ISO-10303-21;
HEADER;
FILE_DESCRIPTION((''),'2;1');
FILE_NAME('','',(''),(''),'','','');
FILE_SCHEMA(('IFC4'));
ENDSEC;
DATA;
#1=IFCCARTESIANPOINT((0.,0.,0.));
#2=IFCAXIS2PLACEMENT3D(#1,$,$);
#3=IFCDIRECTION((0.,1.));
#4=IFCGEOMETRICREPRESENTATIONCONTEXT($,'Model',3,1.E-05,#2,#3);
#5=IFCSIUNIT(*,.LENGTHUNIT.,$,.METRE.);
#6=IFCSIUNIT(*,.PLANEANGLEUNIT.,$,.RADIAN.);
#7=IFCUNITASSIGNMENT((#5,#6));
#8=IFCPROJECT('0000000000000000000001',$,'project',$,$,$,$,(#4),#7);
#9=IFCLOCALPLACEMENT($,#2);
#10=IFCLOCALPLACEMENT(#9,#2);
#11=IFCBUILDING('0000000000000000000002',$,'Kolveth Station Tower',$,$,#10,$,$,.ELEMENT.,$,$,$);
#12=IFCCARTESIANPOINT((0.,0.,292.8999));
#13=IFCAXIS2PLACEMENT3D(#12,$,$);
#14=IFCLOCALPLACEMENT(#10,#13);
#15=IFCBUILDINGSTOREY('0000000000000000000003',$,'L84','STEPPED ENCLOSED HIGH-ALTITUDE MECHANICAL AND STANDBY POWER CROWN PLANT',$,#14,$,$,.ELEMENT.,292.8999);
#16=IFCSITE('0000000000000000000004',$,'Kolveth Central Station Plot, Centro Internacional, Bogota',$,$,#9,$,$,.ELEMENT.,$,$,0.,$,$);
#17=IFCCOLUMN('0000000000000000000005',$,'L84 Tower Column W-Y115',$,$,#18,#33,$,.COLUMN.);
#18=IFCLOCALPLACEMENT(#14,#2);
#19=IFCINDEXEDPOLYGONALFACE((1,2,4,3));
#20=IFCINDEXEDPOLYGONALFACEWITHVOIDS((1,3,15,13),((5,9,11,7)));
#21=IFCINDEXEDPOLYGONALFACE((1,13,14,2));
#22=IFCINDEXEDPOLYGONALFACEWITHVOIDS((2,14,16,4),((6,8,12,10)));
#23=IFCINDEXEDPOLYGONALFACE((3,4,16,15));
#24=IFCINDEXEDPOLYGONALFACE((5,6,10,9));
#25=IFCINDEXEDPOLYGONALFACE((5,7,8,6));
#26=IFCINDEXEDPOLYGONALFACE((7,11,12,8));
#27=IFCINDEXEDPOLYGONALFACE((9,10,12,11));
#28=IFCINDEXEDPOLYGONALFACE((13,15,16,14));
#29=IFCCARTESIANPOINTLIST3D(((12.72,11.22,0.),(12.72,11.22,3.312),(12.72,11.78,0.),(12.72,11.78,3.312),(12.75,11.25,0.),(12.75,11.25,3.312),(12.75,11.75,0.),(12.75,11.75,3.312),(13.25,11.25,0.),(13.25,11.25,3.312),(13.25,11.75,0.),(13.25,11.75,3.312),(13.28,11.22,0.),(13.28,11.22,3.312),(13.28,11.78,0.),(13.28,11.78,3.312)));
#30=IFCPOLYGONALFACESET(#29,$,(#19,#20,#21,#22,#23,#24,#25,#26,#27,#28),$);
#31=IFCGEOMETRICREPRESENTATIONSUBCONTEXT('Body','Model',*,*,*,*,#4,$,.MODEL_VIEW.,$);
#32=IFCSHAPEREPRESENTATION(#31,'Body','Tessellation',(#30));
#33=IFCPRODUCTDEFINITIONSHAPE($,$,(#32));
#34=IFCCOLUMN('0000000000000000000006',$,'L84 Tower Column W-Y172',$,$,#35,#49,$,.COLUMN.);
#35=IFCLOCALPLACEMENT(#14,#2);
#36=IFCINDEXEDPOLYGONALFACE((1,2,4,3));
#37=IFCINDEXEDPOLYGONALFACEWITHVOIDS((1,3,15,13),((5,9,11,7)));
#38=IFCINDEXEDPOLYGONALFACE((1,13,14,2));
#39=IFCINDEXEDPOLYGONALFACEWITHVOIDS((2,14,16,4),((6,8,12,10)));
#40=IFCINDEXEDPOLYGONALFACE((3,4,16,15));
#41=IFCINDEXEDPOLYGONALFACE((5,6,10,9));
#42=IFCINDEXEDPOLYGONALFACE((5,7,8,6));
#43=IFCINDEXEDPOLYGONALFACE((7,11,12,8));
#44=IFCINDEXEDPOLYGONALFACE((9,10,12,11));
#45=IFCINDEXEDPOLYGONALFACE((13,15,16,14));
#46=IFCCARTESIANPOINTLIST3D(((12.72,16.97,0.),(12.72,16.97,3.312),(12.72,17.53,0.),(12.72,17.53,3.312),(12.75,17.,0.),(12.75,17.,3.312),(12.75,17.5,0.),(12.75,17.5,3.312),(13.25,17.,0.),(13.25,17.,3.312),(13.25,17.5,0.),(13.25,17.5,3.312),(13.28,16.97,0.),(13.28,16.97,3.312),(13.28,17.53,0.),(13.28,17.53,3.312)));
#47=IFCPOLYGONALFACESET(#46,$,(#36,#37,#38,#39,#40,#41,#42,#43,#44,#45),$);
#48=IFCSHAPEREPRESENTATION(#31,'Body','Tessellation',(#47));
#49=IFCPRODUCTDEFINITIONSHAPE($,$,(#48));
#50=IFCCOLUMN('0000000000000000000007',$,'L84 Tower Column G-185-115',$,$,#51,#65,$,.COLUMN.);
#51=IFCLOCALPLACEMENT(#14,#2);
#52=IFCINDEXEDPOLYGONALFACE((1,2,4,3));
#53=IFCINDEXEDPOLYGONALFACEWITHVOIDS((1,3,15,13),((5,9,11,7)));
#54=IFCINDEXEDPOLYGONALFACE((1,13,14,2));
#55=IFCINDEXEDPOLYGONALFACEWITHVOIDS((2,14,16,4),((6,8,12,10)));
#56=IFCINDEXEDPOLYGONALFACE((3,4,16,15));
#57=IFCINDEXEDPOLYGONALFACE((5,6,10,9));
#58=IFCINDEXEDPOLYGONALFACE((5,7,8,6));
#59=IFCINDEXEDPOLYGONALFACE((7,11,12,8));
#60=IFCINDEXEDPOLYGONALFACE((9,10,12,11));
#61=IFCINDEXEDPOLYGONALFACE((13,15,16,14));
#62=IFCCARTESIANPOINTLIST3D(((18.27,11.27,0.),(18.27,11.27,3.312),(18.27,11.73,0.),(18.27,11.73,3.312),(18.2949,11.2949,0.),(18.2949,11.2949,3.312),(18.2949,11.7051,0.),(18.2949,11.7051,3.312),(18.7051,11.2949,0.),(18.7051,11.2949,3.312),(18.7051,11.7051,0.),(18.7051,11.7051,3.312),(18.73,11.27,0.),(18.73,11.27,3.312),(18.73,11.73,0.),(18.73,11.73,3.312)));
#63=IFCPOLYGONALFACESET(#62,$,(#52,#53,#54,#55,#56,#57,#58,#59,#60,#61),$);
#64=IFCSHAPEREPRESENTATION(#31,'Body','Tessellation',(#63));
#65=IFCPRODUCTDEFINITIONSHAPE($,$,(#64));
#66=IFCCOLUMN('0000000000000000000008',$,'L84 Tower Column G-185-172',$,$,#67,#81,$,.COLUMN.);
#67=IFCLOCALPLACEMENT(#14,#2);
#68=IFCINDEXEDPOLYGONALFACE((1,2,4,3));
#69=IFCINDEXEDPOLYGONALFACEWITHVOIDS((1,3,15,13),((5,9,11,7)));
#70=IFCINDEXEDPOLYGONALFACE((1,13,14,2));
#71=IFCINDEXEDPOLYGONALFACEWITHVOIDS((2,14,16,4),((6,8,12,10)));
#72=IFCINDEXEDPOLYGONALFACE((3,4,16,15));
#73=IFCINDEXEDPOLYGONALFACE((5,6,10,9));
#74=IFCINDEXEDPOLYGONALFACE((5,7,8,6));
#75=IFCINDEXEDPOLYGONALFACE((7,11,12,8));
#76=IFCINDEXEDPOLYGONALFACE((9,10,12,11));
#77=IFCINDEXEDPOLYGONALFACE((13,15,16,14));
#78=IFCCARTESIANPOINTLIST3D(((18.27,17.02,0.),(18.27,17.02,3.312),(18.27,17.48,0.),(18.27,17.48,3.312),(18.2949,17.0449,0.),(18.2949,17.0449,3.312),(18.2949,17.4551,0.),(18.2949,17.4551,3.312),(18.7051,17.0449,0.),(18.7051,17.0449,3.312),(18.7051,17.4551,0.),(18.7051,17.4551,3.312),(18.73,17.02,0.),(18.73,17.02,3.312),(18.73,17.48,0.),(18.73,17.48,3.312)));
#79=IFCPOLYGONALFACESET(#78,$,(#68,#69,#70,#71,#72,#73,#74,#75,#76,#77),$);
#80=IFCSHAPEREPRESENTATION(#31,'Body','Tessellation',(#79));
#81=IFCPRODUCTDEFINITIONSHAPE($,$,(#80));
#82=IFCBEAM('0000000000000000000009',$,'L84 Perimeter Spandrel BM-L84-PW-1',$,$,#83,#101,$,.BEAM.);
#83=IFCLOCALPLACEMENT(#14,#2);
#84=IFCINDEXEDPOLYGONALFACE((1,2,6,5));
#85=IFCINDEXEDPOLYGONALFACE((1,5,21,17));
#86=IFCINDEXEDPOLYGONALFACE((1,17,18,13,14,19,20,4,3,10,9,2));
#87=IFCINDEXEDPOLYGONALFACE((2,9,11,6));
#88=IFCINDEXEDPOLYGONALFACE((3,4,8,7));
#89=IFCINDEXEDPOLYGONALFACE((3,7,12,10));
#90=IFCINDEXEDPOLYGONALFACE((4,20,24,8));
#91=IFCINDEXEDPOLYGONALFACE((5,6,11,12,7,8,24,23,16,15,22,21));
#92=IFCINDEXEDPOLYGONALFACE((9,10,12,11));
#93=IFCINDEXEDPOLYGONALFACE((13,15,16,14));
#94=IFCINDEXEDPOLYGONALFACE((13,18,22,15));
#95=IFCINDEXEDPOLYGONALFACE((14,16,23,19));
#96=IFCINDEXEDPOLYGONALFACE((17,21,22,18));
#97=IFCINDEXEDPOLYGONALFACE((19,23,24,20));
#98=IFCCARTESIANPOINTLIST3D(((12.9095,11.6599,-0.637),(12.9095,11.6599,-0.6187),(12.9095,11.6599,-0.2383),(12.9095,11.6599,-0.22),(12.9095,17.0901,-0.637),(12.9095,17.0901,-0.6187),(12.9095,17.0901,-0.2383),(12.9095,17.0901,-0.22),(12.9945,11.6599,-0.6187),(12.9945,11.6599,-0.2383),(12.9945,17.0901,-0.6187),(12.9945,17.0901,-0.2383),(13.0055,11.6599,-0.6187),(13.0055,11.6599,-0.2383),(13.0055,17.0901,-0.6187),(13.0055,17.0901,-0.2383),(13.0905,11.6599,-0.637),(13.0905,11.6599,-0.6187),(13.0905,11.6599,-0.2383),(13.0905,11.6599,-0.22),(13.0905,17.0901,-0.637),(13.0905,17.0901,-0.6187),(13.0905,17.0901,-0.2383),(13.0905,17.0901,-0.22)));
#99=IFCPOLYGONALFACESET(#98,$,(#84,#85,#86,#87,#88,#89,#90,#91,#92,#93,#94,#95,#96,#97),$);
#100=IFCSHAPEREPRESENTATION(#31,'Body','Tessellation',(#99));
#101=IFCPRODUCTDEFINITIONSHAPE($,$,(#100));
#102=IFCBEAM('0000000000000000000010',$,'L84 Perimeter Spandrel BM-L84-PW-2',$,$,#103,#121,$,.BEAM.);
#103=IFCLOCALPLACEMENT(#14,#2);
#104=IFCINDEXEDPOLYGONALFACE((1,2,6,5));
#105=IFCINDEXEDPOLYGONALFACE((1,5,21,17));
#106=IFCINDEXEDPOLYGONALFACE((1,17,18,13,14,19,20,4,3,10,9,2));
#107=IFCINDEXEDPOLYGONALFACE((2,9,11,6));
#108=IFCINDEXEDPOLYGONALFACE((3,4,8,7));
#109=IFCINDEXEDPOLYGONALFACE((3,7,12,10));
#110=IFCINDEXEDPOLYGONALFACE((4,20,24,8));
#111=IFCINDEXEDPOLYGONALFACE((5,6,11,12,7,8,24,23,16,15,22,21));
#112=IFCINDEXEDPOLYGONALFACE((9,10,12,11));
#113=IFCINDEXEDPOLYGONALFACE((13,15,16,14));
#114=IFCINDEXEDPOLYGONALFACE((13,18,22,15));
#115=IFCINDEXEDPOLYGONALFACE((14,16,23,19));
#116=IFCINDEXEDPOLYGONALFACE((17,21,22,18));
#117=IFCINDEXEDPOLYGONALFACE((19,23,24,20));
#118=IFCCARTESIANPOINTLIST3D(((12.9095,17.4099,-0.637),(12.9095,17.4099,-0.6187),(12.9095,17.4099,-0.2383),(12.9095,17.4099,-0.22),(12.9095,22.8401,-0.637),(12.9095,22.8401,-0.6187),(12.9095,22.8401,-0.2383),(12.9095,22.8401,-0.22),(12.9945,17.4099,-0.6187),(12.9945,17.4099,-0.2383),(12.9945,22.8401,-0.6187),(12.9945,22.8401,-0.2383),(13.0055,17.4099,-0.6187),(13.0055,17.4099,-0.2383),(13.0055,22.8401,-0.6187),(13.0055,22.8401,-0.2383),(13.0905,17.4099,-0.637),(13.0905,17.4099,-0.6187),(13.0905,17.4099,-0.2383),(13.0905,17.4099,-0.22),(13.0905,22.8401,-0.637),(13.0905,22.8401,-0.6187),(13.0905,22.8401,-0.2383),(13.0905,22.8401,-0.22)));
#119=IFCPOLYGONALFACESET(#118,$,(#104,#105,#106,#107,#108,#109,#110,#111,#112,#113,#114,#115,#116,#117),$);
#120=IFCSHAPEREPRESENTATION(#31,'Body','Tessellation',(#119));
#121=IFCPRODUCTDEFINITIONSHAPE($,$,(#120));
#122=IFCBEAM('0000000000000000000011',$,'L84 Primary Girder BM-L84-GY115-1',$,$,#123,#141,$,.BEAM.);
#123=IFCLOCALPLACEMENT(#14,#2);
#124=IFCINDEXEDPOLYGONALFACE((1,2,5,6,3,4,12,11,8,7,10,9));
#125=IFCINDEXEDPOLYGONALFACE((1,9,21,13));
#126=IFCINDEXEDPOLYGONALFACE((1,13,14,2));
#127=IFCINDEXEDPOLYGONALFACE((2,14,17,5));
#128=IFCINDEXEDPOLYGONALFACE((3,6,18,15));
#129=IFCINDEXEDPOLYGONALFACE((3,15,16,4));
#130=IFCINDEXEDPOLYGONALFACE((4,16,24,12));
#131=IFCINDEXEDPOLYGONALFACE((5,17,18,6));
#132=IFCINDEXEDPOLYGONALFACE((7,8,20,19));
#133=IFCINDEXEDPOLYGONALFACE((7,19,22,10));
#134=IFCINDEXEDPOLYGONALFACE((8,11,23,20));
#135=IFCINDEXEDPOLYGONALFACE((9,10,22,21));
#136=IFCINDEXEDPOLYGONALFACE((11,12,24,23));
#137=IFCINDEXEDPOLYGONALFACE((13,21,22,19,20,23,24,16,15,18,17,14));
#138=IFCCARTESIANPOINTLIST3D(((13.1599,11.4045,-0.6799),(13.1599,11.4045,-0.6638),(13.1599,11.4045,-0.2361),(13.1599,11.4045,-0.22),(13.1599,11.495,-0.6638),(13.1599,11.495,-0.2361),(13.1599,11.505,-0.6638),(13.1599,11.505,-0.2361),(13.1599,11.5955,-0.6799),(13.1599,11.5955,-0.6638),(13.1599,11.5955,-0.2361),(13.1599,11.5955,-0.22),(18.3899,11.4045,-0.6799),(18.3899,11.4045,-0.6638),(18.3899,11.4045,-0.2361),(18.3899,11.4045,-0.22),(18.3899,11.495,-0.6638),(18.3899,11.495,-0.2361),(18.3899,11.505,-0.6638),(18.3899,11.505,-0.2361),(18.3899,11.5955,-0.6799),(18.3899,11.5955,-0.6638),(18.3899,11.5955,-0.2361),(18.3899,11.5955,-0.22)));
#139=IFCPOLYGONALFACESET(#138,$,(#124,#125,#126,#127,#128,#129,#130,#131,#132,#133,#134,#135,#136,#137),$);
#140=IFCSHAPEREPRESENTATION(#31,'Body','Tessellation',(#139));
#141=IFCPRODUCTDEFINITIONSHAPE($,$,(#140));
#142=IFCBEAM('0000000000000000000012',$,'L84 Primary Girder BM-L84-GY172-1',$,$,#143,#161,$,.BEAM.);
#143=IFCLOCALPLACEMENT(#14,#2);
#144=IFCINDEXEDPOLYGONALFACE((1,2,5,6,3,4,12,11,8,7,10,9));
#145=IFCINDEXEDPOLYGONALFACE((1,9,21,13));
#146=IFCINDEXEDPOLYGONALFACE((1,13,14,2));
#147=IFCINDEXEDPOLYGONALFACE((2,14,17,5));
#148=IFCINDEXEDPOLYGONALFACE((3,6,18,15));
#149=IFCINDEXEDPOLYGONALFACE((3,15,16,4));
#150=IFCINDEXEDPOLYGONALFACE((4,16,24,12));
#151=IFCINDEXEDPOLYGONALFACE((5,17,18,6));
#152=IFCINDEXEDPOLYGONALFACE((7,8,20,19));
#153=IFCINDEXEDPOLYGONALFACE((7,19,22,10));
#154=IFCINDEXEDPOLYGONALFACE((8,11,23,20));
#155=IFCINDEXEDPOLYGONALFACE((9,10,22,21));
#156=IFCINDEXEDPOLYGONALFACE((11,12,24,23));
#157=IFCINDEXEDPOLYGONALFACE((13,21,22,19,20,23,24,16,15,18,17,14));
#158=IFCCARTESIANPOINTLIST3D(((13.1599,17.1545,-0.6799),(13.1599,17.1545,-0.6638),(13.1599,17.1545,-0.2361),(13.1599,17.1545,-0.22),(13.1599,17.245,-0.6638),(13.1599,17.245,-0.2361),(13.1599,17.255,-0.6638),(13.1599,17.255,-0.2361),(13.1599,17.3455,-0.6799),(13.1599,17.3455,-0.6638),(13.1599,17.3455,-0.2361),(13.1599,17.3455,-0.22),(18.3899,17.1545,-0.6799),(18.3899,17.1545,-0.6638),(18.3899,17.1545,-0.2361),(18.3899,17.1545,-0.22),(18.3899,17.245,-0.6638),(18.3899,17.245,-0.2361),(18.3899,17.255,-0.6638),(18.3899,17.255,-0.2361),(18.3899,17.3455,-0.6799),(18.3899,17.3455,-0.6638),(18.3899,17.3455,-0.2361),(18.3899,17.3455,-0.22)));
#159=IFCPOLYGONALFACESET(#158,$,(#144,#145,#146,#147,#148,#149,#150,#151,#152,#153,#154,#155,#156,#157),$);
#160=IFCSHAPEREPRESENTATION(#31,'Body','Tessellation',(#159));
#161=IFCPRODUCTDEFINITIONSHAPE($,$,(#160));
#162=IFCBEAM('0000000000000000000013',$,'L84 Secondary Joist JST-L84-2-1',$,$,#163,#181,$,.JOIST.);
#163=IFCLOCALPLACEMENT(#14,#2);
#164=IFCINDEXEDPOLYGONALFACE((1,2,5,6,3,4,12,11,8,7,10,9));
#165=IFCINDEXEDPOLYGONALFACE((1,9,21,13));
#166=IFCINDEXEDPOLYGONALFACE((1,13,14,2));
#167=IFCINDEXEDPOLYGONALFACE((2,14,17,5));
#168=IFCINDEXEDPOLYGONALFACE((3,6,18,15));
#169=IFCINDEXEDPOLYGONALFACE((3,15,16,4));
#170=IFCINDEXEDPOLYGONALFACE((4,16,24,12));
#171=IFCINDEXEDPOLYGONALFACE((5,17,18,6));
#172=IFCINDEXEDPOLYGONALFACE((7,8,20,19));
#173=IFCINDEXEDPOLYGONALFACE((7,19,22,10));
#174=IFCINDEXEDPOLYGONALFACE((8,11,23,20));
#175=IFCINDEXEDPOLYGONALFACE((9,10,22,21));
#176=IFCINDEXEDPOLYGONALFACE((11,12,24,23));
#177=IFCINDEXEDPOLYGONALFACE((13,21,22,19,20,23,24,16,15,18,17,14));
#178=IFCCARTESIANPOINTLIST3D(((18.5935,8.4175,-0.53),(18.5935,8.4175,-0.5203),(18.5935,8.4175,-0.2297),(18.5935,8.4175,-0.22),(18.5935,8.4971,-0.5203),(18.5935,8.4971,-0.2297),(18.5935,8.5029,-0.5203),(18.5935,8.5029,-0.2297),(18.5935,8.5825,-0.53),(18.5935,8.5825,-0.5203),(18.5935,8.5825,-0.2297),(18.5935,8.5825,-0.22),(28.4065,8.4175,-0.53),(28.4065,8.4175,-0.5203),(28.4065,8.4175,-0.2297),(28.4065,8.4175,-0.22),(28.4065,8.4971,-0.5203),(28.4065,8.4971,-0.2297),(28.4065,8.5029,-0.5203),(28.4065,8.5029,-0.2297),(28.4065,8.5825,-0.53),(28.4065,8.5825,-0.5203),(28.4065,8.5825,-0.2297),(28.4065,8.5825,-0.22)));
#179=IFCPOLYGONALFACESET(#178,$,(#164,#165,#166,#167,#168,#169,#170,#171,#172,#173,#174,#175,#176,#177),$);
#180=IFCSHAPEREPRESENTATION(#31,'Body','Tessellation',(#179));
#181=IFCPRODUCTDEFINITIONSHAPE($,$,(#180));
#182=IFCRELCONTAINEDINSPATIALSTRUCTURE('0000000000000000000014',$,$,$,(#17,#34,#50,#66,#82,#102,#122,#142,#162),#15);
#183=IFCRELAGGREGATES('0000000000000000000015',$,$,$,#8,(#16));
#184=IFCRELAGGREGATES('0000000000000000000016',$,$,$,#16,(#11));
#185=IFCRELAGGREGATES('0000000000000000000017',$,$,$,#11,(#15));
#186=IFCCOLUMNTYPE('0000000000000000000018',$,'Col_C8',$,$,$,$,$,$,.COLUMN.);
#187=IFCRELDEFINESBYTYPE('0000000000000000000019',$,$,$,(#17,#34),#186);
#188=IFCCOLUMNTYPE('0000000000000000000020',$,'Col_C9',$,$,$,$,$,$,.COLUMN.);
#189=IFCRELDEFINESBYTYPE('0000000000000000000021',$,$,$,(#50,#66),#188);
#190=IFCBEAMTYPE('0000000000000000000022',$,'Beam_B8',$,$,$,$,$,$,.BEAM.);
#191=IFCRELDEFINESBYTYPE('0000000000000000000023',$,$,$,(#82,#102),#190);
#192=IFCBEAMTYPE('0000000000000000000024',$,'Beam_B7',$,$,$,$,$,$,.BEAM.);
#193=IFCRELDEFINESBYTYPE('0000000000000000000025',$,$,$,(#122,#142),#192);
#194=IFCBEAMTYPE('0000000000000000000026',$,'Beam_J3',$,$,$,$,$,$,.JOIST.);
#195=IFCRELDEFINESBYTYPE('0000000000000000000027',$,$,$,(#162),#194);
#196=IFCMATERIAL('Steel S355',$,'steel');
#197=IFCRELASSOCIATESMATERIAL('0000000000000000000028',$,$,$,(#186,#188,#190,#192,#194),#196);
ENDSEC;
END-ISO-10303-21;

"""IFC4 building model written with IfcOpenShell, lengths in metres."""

from ifc_helpers import new_model, si_unit, direction, frame, origin, origin_2d, place, context, subcontext, project, spatial, hollow_rectangle, i_section, extrude, source, transform, mapped, material, material_profile, profile_set, type_object, element, save


model = new_model("IFC4")

# Units and contexts
model_context = context("Model", 3, precision=1e-05, world=origin(), true_north=direction((0.0, 1.0)))
body_context = subcontext(model_context, "Body", "Model", "MODEL_VIEW")
ifc_project = project(units=[si_unit("LENGTHUNIT", "METRE"), si_unit("PLANEANGLEUNIT", "RADIAN")], contexts=[model_context])

# Site, building, storey
site_placement = place(None, origin())
site = spatial("IfcSite", under=ifc_project, at=site_placement, Name="Kolveth Central Station Plot, Centro Internacional, Bogota", CompositionType="ELEMENT", RefElevation=0.0)
building_placement = place(site_placement, origin())
building = spatial("IfcBuilding", under=site, at=building_placement, Name="Kolveth Station Tower", CompositionType="ELEMENT")
storey_placement = place(building_placement, frame((0.0, 0.0, 292.8999)))
storey = spatial("IfcBuildingStorey", under=building, at=storey_placement, Name="L84", Description="STEPPED ENCLOSED HIGH-ALTITUDE MECHANICAL AND STANDBY POWER CROWN PLANT", CompositionType="ELEMENT", Elevation=292.8999)

# Columns
ifc_material_1 = material(Name="Steel S355", Category="steel")
ifc_material_profile_1 = material_profile(ifc_material_1, hollow_rectangle(XDim=0.5601, YDim=0.5601, WallThickness=0.03, at=origin_2d()), Name="BOX560x560x30")
ifc_profile_set_1 = profile_set([ifc_material_profile_1], Name="Steel S355")
column_type_1 = type_object("IfcColumnType", Name="Col_C8", PredefinedType="COLUMN", material=ifc_profile_set_1)
shared_shape_1 = source(origin(), body_context, "Body", "SweptSolid", [
    extrude(hollow_rectangle(XDim=0.5601, YDim=0.5601, WallThickness=0.03, at=origin_2d()), origin(), (0.0, 0.0, 1.0), 3.312),
])
for number, where, z_axis, x_axis, name in (
    (1, (13.0, 11.5, 0.0), (0.0, 0.0, 1.0), (1.0, 0.0, 0.0), "L84 Tower Column W-Y115"),
    (2, (13.0, 17.25, 0.0), (0.0, 0.0, 1.0), (1.0, 0.0, 0.0), "L84 Tower Column W-Y172"),
):
    element("IfcColumn", number, at=place(storey_placement, frame(where, z_axis=z_axis, x_axis=x_axis)), inside=storey, type_object=column_type_1, Name=name, PredefinedType="COLUMN", context=body_context, shape_type="MappedRepresentation", body=[
        mapped(shared_shape_1, transform((0.0, 0.0, 0.0), x_axis=(1.0, 0.0, 0.0), y_axis=(0.0, 1.0, 0.0), z_axis=(0.0, 0.0, 1.0), scale=1.0)),
    ])
ifc_material_profile_2 = material_profile(ifc_material_1, hollow_rectangle(XDim=0.46, YDim=0.46, WallThickness=0.0249, at=origin_2d()), Name="BOX460x460x25")
ifc_profile_set_2 = profile_set([ifc_material_profile_2], Name="Steel S355")
column_type_2 = type_object("IfcColumnType", Name="Col_C9", PredefinedType="COLUMN", material=ifc_profile_set_2)
shared_shape_2 = source(origin(), body_context, "Body", "SweptSolid", [
    extrude(hollow_rectangle(XDim=0.46, YDim=0.46, WallThickness=0.0249, at=origin_2d()), origin(), (0.0, 0.0, 1.0), 3.312),
])
for number, where, z_axis, x_axis, name in (
    (3, (18.5, 11.5, 0.0), (0.0, 0.0, 1.0), (1.0, 0.0, 0.0), "L84 Tower Column G-185-115"),
    (4, (18.5, 17.25, 0.0), (0.0, 0.0, 1.0), (1.0, 0.0, 0.0), "L84 Tower Column G-185-172"),
):
    element("IfcColumn", number, at=place(storey_placement, frame(where, z_axis=z_axis, x_axis=x_axis)), inside=storey, type_object=column_type_2, Name=name, PredefinedType="COLUMN", context=body_context, shape_type="MappedRepresentation", body=[
        mapped(shared_shape_2, transform((0.0, 0.0, 0.0), x_axis=(1.0, 0.0, 0.0), y_axis=(0.0, 1.0, 0.0), z_axis=(0.0, 0.0, 1.0), scale=1.0)),
    ])

# Beams
ifc_material_profile_3 = material_profile(ifc_material_1, i_section(OverallWidth=0.1809, OverallDepth=0.417, WebThickness=0.011, FlangeThickness=0.0183, at=origin_2d()), Name="W410x85")
ifc_profile_set_3 = profile_set([ifc_material_profile_3], Name="Steel S355")
beam_type_1 = type_object("IfcBeamType", Name="Beam_B8", PredefinedType="BEAM", material=ifc_profile_set_3)
shared_shape_3 = source(origin(), body_context, "Body", "SweptSolid", [
    extrude(i_section(OverallWidth=0.1809, OverallDepth=0.417, WebThickness=0.011, FlangeThickness=0.0183, at=origin_2d()), origin(), (0.0, 0.0, 1.0), 5.4302),
])
for number, where, z_axis, x_axis, name in (
    (5, (13.0, 11.6599, -0.4285), (0.0, 1.0, 0.0), (-1.0, 0.0, 0.0), "L84 Perimeter Spandrel BM-L84-PW-1"),
    (6, (13.0, 17.4099, -0.4285), (0.0, 1.0, 0.0), (-1.0, 0.0, 0.0), "L84 Perimeter Spandrel BM-L84-PW-2"),
):
    element("IfcBeam", number, at=place(storey_placement, frame(where, z_axis=z_axis, x_axis=x_axis)), inside=storey, type_object=beam_type_1, Name=name, PredefinedType="BEAM", context=body_context, shape_type="MappedRepresentation", body=[
        mapped(shared_shape_3, transform((0.0, 0.0, 0.0), x_axis=(1.0, 0.0, 0.0), y_axis=(0.0, 1.0, 0.0), z_axis=(0.0, 0.0, 1.0), scale=1.0)),
    ])
ifc_material_profile_4 = material_profile(ifc_material_1, i_section(OverallWidth=0.1909, OverallDepth=0.46, WebThickness=0.01, FlangeThickness=0.0161, at=origin_2d()), Name="W460x82")
ifc_profile_set_4 = profile_set([ifc_material_profile_4], Name="Steel S355")
beam_type_2 = type_object("IfcBeamType", Name="Beam_B7", PredefinedType="BEAM", material=ifc_profile_set_4)
shared_shape_4 = source(origin(), body_context, "Body", "SweptSolid", [
    extrude(i_section(OverallWidth=0.1909, OverallDepth=0.46, WebThickness=0.01, FlangeThickness=0.0161, at=origin_2d()), origin(), (0.0, 0.0, 1.0), 5.23),
])
for number, where, z_axis, x_axis, name in (
    (7, (13.1599, 11.5, -0.45), (1.0, 0.0, 0.0), (0.0, 1.0, 0.0), "L84 Primary Girder BM-L84-GY115-1"),
    (8, (13.1599, 17.25, -0.45), (1.0, 0.0, 0.0), (0.0, 1.0, 0.0), "L84 Primary Girder BM-L84-GY172-1"),
):
    element("IfcBeam", number, at=place(storey_placement, frame(where, z_axis=z_axis, x_axis=x_axis)), inside=storey, type_object=beam_type_2, Name=name, PredefinedType="BEAM", context=body_context, shape_type="MappedRepresentation", body=[
        mapped(shared_shape_4, transform((0.0, 0.0, 0.0), x_axis=(1.0, 0.0, 0.0), y_axis=(0.0, 1.0, 0.0), z_axis=(0.0, 0.0, 1.0), scale=1.0)),
    ])
ifc_material_profile_5 = material_profile(ifc_material_1, i_section(OverallWidth=0.165, OverallDepth=0.3101, WebThickness=0.0059, FlangeThickness=0.0098, at=origin_2d()), Name="W310x39")
ifc_profile_set_5 = profile_set([ifc_material_profile_5], Name="Steel S355")
beam_type_3 = type_object("IfcBeamType", Name="Beam_J3", PredefinedType="JOIST", material=ifc_profile_set_5)
shared_shape_5 = source(origin(), body_context, "Body", "SweptSolid", [
    extrude(i_section(OverallWidth=0.165, OverallDepth=0.3101, WebThickness=0.0059, FlangeThickness=0.0098, at=origin_2d()), origin(), (0.0, 0.0, 1.0), 9.813),
])
beam_1_placement = place(storey_placement, frame((18.5935, 8.5, -0.375), z_axis=(1.0, 0.0, 0.0), x_axis=(0.0, 1.0, 0.0)))
element("IfcBeam", 9, at=beam_1_placement, inside=storey, type_object=beam_type_3, Name="L84 Secondary Joist JST-L84-2-1", PredefinedType="JOIST", context=body_context, shape_type="MappedRepresentation", body=[
    mapped(shared_shape_5, transform((0.0, 0.0, 0.0), x_axis=(1.0, 0.0, 0.0), y_axis=(0.0, 1.0, 0.0), z_axis=(0.0, 0.0, 1.0), scale=1.0)),
])

save(model, "model.ifc")
